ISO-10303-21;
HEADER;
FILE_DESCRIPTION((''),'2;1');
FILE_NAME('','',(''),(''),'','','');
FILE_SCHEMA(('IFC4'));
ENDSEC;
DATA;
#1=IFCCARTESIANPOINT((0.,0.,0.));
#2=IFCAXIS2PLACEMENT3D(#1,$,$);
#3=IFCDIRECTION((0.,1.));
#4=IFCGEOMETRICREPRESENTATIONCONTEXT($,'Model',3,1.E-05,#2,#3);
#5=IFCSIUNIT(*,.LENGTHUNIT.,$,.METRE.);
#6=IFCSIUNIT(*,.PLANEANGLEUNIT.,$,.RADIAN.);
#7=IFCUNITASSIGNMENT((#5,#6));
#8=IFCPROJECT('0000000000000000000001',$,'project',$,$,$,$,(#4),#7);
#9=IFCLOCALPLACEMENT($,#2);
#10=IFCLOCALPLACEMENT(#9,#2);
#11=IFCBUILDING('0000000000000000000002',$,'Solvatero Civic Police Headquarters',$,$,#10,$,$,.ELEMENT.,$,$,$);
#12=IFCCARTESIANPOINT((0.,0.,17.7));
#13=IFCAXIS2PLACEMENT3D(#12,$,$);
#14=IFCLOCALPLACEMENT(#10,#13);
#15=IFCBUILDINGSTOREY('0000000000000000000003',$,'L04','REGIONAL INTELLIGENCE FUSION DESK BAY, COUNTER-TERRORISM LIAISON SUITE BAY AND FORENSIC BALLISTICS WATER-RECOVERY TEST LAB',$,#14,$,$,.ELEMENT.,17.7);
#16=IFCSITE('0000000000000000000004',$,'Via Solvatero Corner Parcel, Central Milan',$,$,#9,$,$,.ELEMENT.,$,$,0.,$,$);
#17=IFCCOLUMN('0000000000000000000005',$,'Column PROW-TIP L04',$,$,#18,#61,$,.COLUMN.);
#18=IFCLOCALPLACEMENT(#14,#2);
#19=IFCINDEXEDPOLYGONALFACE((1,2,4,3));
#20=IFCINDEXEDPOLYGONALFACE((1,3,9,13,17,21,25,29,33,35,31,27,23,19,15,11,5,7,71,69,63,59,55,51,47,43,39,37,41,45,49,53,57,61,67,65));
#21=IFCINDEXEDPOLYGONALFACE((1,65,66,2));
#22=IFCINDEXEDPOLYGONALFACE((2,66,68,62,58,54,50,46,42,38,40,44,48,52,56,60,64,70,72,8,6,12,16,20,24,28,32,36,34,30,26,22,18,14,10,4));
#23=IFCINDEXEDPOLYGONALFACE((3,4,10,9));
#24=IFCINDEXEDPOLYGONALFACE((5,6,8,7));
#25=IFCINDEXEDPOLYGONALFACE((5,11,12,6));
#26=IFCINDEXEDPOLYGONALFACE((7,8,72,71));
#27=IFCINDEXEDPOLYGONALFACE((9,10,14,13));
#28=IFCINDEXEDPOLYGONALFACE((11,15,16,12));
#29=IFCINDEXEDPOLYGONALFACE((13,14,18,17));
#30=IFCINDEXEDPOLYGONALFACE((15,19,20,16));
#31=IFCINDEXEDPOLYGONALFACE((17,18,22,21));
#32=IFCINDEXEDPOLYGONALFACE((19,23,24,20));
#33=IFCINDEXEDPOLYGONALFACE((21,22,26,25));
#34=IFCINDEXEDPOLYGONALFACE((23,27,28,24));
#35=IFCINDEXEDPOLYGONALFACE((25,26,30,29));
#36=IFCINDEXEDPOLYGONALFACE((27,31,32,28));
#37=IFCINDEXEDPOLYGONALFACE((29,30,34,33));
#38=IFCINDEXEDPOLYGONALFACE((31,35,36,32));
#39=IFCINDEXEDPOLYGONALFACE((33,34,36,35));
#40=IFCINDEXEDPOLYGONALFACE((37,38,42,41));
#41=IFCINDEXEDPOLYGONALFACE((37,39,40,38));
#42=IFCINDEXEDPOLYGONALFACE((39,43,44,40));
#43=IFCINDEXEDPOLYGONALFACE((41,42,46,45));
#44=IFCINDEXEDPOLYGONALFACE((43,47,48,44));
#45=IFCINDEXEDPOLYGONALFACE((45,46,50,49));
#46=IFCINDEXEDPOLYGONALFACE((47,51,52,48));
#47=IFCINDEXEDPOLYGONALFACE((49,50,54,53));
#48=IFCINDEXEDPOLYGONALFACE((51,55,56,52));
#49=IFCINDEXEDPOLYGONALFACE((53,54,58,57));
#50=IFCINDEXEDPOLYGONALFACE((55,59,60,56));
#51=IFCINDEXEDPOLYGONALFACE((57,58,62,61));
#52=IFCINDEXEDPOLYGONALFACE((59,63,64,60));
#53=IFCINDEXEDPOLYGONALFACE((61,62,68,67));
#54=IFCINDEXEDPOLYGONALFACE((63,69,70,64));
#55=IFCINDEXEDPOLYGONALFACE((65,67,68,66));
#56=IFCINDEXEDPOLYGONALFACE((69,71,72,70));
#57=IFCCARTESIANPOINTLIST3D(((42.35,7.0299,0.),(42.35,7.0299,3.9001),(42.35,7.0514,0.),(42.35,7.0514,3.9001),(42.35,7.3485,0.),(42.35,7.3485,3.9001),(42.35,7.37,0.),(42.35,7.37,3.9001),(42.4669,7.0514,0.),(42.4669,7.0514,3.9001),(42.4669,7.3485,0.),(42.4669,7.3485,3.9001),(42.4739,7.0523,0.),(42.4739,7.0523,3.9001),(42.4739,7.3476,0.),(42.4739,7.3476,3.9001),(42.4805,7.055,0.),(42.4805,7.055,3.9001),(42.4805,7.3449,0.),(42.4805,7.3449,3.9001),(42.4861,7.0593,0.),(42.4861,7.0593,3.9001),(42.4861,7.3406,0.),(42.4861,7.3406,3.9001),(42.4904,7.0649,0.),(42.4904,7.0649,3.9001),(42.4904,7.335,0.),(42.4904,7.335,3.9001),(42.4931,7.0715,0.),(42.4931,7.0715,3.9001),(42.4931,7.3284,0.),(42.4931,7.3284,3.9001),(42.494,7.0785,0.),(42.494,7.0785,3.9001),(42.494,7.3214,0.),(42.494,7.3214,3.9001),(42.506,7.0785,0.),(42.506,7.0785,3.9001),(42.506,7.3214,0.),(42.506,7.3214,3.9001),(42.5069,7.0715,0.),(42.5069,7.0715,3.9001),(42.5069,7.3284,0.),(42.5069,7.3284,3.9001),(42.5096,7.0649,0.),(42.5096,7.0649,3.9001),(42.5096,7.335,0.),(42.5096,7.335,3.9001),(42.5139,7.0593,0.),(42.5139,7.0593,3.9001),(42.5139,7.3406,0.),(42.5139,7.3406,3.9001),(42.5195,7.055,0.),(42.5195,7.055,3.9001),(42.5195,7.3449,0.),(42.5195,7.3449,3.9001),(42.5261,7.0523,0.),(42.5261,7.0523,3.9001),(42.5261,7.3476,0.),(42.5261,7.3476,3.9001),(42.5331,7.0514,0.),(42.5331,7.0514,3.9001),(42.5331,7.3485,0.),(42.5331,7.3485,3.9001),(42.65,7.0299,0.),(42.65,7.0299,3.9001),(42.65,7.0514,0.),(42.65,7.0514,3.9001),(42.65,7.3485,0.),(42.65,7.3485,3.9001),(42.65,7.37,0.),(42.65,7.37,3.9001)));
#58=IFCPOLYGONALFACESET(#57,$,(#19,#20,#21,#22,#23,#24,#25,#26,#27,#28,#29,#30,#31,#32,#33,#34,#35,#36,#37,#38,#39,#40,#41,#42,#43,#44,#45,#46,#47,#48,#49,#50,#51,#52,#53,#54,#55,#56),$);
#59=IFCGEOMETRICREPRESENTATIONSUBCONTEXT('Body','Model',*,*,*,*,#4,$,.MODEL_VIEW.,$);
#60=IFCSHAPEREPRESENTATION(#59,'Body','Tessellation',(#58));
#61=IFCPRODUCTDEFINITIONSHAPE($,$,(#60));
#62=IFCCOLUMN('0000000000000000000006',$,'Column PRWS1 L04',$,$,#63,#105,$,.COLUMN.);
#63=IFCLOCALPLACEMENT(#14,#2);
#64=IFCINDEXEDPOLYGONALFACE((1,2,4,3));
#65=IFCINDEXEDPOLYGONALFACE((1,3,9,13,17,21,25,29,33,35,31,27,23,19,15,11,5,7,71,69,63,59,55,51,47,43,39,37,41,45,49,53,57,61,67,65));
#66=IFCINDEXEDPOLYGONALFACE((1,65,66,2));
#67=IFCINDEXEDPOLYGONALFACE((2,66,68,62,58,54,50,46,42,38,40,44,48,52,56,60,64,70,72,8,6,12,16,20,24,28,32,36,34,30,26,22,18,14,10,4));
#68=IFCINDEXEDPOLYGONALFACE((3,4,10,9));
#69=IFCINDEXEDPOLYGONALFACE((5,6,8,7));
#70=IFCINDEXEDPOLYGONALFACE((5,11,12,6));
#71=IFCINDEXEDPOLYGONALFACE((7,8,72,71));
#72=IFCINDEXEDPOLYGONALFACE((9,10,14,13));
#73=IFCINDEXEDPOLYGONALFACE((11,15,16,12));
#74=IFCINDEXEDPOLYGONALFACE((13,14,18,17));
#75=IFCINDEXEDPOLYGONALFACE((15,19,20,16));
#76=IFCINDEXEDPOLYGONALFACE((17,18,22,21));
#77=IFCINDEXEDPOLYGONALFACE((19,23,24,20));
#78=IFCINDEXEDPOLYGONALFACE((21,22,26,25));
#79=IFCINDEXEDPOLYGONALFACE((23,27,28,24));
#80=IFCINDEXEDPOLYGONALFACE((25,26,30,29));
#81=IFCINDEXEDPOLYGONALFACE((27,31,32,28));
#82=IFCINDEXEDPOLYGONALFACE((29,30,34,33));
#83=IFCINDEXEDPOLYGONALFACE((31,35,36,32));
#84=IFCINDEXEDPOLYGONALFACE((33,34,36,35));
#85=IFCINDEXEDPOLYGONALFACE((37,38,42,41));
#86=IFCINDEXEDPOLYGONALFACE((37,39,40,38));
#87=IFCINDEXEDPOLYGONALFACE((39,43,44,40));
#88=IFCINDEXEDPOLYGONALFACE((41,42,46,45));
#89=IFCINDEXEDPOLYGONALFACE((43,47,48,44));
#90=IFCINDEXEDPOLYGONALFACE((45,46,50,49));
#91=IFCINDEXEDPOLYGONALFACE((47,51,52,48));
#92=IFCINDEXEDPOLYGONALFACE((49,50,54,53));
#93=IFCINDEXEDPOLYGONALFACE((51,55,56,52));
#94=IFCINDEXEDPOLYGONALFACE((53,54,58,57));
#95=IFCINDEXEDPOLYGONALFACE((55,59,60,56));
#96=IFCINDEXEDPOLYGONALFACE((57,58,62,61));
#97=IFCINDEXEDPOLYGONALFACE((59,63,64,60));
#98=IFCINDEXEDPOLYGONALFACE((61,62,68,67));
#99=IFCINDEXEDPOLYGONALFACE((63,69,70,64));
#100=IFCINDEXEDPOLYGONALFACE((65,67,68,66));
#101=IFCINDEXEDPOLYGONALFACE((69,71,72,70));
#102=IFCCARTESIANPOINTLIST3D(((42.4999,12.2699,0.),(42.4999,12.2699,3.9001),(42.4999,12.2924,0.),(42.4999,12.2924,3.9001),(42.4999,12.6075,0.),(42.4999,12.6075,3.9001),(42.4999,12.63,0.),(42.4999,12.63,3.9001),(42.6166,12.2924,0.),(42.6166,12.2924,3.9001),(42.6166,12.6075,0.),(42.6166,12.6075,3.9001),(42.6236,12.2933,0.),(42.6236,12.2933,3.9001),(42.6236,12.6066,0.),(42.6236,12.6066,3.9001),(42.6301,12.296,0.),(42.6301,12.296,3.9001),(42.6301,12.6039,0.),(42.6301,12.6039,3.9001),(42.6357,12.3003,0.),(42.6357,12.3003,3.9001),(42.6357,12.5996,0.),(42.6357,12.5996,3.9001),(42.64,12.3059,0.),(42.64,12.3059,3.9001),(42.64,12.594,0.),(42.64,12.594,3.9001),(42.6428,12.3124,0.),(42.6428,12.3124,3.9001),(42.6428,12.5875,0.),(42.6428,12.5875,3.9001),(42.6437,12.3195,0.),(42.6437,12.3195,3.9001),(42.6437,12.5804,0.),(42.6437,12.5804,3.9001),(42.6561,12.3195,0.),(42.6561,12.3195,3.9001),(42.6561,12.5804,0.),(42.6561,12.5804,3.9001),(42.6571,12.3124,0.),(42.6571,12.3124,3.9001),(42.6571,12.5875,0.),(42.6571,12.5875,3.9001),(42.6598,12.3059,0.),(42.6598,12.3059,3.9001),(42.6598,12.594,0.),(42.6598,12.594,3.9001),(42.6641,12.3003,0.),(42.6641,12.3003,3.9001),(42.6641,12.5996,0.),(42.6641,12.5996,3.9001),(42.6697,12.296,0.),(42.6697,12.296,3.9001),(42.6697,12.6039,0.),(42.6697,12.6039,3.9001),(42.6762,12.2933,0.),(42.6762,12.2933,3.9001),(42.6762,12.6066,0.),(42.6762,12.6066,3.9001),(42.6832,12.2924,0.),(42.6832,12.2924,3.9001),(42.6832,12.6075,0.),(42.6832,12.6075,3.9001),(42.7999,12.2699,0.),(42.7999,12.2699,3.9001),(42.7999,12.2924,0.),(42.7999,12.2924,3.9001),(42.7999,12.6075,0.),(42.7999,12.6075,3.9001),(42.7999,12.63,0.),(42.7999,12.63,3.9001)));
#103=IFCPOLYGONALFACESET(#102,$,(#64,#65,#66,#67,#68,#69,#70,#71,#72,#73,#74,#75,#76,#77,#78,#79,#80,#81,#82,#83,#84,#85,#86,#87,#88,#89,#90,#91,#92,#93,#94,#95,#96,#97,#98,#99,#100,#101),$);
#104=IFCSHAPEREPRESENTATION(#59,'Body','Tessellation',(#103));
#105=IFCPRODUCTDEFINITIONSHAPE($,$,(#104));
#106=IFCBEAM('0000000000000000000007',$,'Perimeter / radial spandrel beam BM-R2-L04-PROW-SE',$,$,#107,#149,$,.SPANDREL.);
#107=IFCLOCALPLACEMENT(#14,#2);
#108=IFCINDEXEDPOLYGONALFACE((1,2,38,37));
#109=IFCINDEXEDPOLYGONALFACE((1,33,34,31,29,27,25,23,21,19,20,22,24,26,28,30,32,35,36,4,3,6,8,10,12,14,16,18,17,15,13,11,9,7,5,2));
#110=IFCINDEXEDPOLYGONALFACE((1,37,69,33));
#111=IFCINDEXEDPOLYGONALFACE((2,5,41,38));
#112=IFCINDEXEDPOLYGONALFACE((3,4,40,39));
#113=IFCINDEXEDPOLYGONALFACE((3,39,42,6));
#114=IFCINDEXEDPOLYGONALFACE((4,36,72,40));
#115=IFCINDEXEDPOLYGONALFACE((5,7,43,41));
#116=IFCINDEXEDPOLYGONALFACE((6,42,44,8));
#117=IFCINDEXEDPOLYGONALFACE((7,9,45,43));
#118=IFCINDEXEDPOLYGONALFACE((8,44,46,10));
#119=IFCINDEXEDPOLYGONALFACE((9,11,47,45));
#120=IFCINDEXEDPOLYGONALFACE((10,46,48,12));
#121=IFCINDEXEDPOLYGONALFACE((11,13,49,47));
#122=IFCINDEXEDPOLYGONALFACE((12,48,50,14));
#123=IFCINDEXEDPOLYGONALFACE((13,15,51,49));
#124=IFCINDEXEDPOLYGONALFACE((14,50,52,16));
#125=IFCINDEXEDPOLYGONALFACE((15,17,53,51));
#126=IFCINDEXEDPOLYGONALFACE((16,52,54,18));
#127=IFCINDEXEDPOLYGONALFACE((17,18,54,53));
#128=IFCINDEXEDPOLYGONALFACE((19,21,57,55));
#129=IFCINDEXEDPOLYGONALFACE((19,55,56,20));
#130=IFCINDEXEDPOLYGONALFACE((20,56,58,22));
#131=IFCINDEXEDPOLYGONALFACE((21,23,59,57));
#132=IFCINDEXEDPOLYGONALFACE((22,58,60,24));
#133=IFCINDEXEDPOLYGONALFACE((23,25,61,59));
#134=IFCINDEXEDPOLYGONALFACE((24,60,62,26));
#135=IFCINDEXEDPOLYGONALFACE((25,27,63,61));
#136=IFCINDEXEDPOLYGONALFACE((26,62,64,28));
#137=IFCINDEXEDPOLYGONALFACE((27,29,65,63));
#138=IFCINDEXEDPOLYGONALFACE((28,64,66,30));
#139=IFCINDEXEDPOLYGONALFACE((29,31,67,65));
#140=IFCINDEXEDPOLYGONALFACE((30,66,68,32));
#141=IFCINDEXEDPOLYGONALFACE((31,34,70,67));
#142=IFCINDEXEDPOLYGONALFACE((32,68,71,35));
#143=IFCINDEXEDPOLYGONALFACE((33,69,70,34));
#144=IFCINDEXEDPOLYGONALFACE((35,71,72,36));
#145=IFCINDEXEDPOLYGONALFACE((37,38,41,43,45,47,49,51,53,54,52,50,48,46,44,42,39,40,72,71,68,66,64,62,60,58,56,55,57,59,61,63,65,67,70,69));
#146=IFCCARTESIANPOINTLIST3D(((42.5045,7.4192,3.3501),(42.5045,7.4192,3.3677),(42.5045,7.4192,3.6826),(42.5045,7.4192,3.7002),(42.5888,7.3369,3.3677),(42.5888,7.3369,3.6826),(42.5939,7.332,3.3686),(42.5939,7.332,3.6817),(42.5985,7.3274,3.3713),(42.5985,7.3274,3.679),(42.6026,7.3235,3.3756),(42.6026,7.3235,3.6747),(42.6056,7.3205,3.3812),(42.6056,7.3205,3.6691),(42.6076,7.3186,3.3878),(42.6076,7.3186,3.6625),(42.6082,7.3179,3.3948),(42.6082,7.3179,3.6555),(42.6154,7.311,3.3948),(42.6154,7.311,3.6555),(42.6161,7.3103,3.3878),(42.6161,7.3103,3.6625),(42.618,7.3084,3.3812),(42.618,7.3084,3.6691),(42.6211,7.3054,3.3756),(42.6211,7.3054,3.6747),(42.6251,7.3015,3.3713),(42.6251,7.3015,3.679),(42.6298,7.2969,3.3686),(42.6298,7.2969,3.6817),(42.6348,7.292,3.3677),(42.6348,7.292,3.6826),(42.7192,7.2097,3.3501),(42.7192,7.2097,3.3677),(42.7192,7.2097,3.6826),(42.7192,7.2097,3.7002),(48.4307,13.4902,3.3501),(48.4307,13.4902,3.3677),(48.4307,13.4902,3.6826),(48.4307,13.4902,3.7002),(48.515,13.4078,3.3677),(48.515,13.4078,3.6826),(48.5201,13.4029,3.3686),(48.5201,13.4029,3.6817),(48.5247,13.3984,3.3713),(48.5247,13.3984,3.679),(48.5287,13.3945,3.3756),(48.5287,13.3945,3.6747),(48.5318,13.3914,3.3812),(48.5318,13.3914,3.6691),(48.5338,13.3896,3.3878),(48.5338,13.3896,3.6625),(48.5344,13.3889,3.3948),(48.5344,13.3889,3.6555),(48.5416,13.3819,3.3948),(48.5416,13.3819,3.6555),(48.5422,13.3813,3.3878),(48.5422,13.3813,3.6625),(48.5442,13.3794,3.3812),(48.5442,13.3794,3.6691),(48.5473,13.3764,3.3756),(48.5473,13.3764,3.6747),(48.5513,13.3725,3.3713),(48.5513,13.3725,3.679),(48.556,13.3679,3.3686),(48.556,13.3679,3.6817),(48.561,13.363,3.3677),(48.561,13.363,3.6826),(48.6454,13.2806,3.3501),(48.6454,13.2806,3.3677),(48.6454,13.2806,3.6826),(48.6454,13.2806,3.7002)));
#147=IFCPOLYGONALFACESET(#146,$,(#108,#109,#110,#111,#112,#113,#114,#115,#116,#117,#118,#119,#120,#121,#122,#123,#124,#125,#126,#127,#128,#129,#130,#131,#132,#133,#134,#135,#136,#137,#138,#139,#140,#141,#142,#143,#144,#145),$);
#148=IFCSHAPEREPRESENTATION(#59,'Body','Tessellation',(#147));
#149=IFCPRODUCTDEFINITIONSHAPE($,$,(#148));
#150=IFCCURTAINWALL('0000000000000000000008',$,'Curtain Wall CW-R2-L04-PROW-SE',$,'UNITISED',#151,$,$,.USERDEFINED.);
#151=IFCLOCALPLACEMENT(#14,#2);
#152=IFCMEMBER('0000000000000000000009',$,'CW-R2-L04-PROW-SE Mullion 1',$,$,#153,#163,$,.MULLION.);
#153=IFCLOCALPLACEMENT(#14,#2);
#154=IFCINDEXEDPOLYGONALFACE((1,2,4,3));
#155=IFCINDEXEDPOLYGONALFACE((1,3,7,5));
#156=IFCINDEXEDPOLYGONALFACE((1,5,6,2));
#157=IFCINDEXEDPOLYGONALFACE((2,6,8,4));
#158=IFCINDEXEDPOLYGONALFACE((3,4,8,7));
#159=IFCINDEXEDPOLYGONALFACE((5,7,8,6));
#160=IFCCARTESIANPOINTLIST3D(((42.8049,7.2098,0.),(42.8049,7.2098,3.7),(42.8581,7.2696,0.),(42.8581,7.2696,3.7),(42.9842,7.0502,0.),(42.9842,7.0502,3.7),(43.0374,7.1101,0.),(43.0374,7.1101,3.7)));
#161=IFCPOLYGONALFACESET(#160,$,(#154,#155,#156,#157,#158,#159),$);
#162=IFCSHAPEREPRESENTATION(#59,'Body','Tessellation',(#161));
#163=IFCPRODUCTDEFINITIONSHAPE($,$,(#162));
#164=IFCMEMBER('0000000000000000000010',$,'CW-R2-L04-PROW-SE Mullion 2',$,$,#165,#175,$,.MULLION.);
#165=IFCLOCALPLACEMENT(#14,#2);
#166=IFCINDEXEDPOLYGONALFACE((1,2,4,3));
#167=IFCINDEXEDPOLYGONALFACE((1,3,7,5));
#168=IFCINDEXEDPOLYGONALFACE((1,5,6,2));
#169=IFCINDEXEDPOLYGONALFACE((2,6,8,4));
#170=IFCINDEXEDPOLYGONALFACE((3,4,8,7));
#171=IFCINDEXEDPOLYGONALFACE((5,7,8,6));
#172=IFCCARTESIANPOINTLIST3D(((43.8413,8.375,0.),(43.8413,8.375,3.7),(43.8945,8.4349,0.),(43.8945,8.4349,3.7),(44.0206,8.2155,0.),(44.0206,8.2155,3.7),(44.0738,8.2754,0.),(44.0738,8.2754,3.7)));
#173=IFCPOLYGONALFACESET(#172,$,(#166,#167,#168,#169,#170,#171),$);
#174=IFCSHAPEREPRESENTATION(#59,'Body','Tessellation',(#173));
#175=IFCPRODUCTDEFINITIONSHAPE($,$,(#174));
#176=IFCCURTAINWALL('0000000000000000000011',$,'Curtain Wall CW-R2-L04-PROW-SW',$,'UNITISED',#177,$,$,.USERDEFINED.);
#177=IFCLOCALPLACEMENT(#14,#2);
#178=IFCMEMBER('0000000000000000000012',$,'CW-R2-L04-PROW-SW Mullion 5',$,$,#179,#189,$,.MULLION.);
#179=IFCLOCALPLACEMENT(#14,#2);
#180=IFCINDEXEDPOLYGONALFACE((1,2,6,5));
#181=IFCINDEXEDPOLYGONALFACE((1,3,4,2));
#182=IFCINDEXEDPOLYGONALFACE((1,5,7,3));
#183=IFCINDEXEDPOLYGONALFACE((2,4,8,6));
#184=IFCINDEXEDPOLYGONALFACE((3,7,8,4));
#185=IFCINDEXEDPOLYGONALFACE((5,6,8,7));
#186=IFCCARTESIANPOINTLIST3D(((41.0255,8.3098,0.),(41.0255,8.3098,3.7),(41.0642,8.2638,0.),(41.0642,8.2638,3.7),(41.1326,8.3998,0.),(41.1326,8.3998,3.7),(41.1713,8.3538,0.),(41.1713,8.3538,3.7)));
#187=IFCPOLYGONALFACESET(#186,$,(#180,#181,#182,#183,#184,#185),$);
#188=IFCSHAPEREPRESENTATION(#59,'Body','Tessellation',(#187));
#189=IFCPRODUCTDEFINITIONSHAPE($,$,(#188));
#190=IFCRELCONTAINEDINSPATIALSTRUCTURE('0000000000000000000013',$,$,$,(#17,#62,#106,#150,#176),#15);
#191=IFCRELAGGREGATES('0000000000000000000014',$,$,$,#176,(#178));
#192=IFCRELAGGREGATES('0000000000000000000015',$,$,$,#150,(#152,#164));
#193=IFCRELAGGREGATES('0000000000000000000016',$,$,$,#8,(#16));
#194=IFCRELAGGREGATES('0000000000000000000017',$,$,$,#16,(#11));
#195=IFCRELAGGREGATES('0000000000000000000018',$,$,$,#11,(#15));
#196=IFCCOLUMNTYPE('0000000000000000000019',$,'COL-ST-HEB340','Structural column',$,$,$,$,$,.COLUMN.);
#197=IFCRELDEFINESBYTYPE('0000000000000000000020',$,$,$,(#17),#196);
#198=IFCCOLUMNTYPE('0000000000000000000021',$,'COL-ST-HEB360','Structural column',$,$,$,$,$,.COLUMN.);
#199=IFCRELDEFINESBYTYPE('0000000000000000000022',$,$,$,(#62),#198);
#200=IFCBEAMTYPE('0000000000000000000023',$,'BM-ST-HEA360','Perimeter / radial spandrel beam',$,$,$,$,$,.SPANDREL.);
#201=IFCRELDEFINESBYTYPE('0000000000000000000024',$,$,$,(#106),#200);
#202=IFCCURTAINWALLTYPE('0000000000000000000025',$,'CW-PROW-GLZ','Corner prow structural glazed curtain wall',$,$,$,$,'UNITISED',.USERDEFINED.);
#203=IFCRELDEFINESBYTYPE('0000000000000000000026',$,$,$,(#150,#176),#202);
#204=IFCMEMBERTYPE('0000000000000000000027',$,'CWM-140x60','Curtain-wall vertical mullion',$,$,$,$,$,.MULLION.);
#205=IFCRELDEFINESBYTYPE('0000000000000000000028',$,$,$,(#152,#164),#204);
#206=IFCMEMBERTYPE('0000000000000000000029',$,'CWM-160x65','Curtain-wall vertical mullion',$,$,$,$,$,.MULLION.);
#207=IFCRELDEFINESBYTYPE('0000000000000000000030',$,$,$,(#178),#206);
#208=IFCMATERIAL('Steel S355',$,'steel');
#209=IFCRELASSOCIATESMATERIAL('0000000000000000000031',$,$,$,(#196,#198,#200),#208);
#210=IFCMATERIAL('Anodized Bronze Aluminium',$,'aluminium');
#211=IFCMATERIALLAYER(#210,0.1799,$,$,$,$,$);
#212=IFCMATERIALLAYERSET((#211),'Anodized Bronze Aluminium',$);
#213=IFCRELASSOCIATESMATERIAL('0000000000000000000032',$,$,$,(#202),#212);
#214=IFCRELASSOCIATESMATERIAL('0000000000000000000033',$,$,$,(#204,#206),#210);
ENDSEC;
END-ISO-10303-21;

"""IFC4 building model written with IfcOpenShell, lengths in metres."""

from ifc_helpers import new_model, si_unit, direction, frame, origin, origin_2d, place, context, subcontext, project, spatial, rectangle, i_section, extrude, material, layer, layer_set, material_profile, profile_set, type_object, element, aggregate, save


model = new_model("IFC4")

# Units and contexts
model_context = context("Model", 3, precision=1e-05, world=origin(), true_north=direction((0.0, 1.0)))
body_context = subcontext(model_context, "Body", "Model", "MODEL_VIEW")
ifc_project = project(units=[si_unit("LENGTHUNIT", "METRE"), si_unit("PLANEANGLEUNIT", "RADIAN")], contexts=[model_context])

# Site, building, storey
site_placement = place(None, origin())
site = spatial("IfcSite", under=ifc_project, at=site_placement, Name="Via Solvatero Corner Parcel, Central Milan", CompositionType="ELEMENT", RefElevation=0.0)
building_placement = place(site_placement, origin())
building = spatial("IfcBuilding", under=site, at=building_placement, Name="Solvatero Civic Police Headquarters", CompositionType="ELEMENT")
storey_placement = place(building_placement, frame((0.0, 0.0, 17.7)))
storey = spatial("IfcBuildingStorey", under=building, at=storey_placement, Name="L04", Description="REGIONAL INTELLIGENCE FUSION DESK BAY, COUNTER-TERRORISM LIAISON SUITE BAY AND FORENSIC BALLISTICS WATER-RECOVERY TEST LAB", CompositionType="ELEMENT", Elevation=17.7)

# Columns
ifc_material_1 = material(Name="Steel S355", Category="steel")
ifc_material_profile_1 = material_profile(ifc_material_1, i_section(OverallWidth=0.3, OverallDepth=0.3401, WebThickness=0.012, FlangeThickness=0.0215, FilletRadius=0.0271, at=origin_2d()), Name="HEB 340")
ifc_profile_set_1 = profile_set([ifc_material_profile_1], Name="Steel S355")
column_type_1 = type_object("IfcColumnType", Name="COL-ST-HEB340", Description="Structural column", PredefinedType="COLUMN", material=ifc_profile_set_1)
column_1_placement = place(storey_placement, frame((42.5, 7.2, 0.0), z_axis=(0.0, 0.0, 1.0), x_axis=(1.0, 0.0, 0.0)))
element("IfcColumn", 1, at=column_1_placement, inside=storey, type_object=column_type_1, Name="Column PROW-TIP L04", PredefinedType="COLUMN", context=body_context, shape_type="SweptSolid", body=[
    extrude(i_section(OverallWidth=0.3, OverallDepth=0.3401, WebThickness=0.012, FlangeThickness=0.0215, FilletRadius=0.0271, at=origin_2d()), origin(), (0.0, 0.0, 1.0), 3.9001),
])
ifc_material_profile_2 = material_profile(ifc_material_1, i_section(OverallWidth=0.3, OverallDepth=0.3601, WebThickness=0.0125, FlangeThickness=0.0225, FilletRadius=0.0271, at=origin_2d()), Name="HEB 360")
ifc_profile_set_2 = profile_set([ifc_material_profile_2], Name="Steel S355")
column_type_2 = type_object("IfcColumnType", Name="COL-ST-HEB360", Description="Structural column", PredefinedType="COLUMN", material=ifc_profile_set_2)
column_2_placement = place(storey_placement, frame((42.6499, 12.45, 0.0), z_axis=(0.0, 0.0, 1.0), x_axis=(1.0, 0.0, 0.0)))
element("IfcColumn", 2, at=column_2_placement, inside=storey, type_object=column_type_2, Name="Column PRWS1 L04", PredefinedType="COLUMN", context=body_context, shape_type="SweptSolid", body=[
    extrude(i_section(OverallWidth=0.3, OverallDepth=0.3601, WebThickness=0.0125, FlangeThickness=0.0225, FilletRadius=0.0271, at=origin_2d()), origin(), (0.0, 0.0, 1.0), 3.9001),
])

# Beam
ifc_material_profile_3 = material_profile(ifc_material_1, i_section(OverallWidth=0.3, OverallDepth=0.3501, WebThickness=0.01, FlangeThickness=0.0176, FilletRadius=0.0271, at=origin_2d()), Name="HEA 360")
ifc_profile_set_3 = profile_set([ifc_material_profile_3], Name="Steel S355")
beam_type = type_object("IfcBeamType", Name="BM-ST-HEA360", Description="Perimeter / radial spandrel beam", PredefinedType="SPANDREL", material=ifc_profile_set_3)
beam_placement = place(storey_placement, frame((42.6118, 7.3145, 3.5251), z_axis=(0.698523, 0.715588, 0.0), x_axis=(-0.715588, 0.698523, 0.0)))
element("IfcBeam", 3, at=beam_placement, inside=storey, type_object=beam_type, Name="Perimeter / radial spandrel beam BM-R2-L04-PROW-SE", PredefinedType="SPANDREL", context=body_context, shape_type="SweptSolid", body=[
    extrude(i_section(OverallWidth=0.3, OverallDepth=0.3501, WebThickness=0.01, FlangeThickness=0.0176, FilletRadius=0.0271, at=origin_2d()), origin(), (0.0, 0.0, 1.0), 8.4839),
])

# Curtain walls, members
ifc_material_2 = material(Name="Anodized Bronze Aluminium", Category="aluminium")
ifc_layer_1 = layer(ifc_material_2, 0.1799)
ifc_layer_set_1 = layer_set([ifc_layer_1], Name="Anodized Bronze Aluminium")
curtain_wall_type = type_object("IfcCurtainWallType", Name="CW-PROW-GLZ", Description="Corner prow structural glazed curtain wall", ElementType="UNITISED", PredefinedType="USERDEFINED", material=ifc_layer_set_1)
curtain_wall_1_placement = place(storey_placement, origin())
curtain_wall_1 = element("IfcCurtainWall", 4, at=curtain_wall_1_placement, inside=storey, type_object=curtain_wall_type, Name="Curtain Wall CW-R2-L04-PROW-SE", ObjectType="UNITISED", PredefinedType="USERDEFINED")
ifc_material_profile_4 = material_profile(ifc_material_2, rectangle(XDim=0.0801, YDim=0.24, at=origin_2d()), Name="ALU MULLION 80x240")
ifc_profile_set_4 = profile_set([ifc_material_profile_4], Name="Anodized Bronze Aluminium")
member_type_1 = type_object("IfcMemberType", Name="CWM-140x60", Description="Curtain-wall vertical mullion", PredefinedType="MULLION", material=ifc_profile_set_4)
member_1_placement = place(storey_placement, frame((42.9211, 7.1599, 0.0), z_axis=(0.0, 0.0, 1.0), x_axis=(0.66467, 0.747137, 0.0)))
member_1 = element("IfcMember", 5, at=member_1_placement, type_object=member_type_1, Name="CW-R2-L04-PROW-SE Mullion 1", PredefinedType="MULLION", context=body_context, shape_type="SweptSolid", body=[
    extrude(rectangle(XDim=0.0801, YDim=0.24, at=origin_2d()), origin(), (0.0, 0.0, 1.0), 3.7),
])
member_2_placement = place(storey_placement, frame((43.9575, 8.3252, 0.0), z_axis=(0.0, 0.0, 1.0), x_axis=(0.66467, 0.747137, 0.0)))
member_2 = element("IfcMember", 6, at=member_2_placement, type_object=member_type_1, Name="CW-R2-L04-PROW-SE Mullion 2", PredefinedType="MULLION", context=body_context, shape_type="SweptSolid", body=[
    extrude(rectangle(XDim=0.0801, YDim=0.24, at=origin_2d()), origin(), (0.0, 0.0, 1.0), 3.7),
])
curtain_wall_2_placement = place(storey_placement, origin())
curtain_wall_2 = element("IfcCurtainWall", 7, at=curtain_wall_2_placement, inside=storey, type_object=curtain_wall_type, Name="Curtain Wall CW-R2-L04-PROW-SW", ObjectType="UNITISED", PredefinedType="USERDEFINED")
ifc_material_profile_5 = material_profile(ifc_material_2, rectangle(XDim=0.0601, YDim=0.1399, at=origin_2d()), Name="ALU MULLION 60x140")
ifc_profile_set_5 = profile_set([ifc_material_profile_5], Name="Anodized Bronze Aluminium")
member_type_2 = type_object("IfcMemberType", Name="CWM-160x65", Description="Curtain-wall vertical mullion", PredefinedType="MULLION", material=ifc_profile_set_5)
member_3_placement = place(storey_placement, frame((41.0984, 8.3318, 0.0), z_axis=(0.0, 0.0, 1.0), x_axis=(0.643282, -0.765629, 0.0)))
member_3 = element("IfcMember", 8, at=member_3_placement, type_object=member_type_2, Name="CW-R2-L04-PROW-SW Mullion 5", PredefinedType="MULLION", context=body_context, shape_type="SweptSolid", body=[
    extrude(rectangle(XDim=0.0601, YDim=0.1399, at=origin_2d()), origin(), (0.0, 0.0, 1.0), 3.7),
])

aggregate(curtain_wall_2, [member_3])
aggregate(curtain_wall_1, [member_1, member_2])

save(model, "model.ifc")
